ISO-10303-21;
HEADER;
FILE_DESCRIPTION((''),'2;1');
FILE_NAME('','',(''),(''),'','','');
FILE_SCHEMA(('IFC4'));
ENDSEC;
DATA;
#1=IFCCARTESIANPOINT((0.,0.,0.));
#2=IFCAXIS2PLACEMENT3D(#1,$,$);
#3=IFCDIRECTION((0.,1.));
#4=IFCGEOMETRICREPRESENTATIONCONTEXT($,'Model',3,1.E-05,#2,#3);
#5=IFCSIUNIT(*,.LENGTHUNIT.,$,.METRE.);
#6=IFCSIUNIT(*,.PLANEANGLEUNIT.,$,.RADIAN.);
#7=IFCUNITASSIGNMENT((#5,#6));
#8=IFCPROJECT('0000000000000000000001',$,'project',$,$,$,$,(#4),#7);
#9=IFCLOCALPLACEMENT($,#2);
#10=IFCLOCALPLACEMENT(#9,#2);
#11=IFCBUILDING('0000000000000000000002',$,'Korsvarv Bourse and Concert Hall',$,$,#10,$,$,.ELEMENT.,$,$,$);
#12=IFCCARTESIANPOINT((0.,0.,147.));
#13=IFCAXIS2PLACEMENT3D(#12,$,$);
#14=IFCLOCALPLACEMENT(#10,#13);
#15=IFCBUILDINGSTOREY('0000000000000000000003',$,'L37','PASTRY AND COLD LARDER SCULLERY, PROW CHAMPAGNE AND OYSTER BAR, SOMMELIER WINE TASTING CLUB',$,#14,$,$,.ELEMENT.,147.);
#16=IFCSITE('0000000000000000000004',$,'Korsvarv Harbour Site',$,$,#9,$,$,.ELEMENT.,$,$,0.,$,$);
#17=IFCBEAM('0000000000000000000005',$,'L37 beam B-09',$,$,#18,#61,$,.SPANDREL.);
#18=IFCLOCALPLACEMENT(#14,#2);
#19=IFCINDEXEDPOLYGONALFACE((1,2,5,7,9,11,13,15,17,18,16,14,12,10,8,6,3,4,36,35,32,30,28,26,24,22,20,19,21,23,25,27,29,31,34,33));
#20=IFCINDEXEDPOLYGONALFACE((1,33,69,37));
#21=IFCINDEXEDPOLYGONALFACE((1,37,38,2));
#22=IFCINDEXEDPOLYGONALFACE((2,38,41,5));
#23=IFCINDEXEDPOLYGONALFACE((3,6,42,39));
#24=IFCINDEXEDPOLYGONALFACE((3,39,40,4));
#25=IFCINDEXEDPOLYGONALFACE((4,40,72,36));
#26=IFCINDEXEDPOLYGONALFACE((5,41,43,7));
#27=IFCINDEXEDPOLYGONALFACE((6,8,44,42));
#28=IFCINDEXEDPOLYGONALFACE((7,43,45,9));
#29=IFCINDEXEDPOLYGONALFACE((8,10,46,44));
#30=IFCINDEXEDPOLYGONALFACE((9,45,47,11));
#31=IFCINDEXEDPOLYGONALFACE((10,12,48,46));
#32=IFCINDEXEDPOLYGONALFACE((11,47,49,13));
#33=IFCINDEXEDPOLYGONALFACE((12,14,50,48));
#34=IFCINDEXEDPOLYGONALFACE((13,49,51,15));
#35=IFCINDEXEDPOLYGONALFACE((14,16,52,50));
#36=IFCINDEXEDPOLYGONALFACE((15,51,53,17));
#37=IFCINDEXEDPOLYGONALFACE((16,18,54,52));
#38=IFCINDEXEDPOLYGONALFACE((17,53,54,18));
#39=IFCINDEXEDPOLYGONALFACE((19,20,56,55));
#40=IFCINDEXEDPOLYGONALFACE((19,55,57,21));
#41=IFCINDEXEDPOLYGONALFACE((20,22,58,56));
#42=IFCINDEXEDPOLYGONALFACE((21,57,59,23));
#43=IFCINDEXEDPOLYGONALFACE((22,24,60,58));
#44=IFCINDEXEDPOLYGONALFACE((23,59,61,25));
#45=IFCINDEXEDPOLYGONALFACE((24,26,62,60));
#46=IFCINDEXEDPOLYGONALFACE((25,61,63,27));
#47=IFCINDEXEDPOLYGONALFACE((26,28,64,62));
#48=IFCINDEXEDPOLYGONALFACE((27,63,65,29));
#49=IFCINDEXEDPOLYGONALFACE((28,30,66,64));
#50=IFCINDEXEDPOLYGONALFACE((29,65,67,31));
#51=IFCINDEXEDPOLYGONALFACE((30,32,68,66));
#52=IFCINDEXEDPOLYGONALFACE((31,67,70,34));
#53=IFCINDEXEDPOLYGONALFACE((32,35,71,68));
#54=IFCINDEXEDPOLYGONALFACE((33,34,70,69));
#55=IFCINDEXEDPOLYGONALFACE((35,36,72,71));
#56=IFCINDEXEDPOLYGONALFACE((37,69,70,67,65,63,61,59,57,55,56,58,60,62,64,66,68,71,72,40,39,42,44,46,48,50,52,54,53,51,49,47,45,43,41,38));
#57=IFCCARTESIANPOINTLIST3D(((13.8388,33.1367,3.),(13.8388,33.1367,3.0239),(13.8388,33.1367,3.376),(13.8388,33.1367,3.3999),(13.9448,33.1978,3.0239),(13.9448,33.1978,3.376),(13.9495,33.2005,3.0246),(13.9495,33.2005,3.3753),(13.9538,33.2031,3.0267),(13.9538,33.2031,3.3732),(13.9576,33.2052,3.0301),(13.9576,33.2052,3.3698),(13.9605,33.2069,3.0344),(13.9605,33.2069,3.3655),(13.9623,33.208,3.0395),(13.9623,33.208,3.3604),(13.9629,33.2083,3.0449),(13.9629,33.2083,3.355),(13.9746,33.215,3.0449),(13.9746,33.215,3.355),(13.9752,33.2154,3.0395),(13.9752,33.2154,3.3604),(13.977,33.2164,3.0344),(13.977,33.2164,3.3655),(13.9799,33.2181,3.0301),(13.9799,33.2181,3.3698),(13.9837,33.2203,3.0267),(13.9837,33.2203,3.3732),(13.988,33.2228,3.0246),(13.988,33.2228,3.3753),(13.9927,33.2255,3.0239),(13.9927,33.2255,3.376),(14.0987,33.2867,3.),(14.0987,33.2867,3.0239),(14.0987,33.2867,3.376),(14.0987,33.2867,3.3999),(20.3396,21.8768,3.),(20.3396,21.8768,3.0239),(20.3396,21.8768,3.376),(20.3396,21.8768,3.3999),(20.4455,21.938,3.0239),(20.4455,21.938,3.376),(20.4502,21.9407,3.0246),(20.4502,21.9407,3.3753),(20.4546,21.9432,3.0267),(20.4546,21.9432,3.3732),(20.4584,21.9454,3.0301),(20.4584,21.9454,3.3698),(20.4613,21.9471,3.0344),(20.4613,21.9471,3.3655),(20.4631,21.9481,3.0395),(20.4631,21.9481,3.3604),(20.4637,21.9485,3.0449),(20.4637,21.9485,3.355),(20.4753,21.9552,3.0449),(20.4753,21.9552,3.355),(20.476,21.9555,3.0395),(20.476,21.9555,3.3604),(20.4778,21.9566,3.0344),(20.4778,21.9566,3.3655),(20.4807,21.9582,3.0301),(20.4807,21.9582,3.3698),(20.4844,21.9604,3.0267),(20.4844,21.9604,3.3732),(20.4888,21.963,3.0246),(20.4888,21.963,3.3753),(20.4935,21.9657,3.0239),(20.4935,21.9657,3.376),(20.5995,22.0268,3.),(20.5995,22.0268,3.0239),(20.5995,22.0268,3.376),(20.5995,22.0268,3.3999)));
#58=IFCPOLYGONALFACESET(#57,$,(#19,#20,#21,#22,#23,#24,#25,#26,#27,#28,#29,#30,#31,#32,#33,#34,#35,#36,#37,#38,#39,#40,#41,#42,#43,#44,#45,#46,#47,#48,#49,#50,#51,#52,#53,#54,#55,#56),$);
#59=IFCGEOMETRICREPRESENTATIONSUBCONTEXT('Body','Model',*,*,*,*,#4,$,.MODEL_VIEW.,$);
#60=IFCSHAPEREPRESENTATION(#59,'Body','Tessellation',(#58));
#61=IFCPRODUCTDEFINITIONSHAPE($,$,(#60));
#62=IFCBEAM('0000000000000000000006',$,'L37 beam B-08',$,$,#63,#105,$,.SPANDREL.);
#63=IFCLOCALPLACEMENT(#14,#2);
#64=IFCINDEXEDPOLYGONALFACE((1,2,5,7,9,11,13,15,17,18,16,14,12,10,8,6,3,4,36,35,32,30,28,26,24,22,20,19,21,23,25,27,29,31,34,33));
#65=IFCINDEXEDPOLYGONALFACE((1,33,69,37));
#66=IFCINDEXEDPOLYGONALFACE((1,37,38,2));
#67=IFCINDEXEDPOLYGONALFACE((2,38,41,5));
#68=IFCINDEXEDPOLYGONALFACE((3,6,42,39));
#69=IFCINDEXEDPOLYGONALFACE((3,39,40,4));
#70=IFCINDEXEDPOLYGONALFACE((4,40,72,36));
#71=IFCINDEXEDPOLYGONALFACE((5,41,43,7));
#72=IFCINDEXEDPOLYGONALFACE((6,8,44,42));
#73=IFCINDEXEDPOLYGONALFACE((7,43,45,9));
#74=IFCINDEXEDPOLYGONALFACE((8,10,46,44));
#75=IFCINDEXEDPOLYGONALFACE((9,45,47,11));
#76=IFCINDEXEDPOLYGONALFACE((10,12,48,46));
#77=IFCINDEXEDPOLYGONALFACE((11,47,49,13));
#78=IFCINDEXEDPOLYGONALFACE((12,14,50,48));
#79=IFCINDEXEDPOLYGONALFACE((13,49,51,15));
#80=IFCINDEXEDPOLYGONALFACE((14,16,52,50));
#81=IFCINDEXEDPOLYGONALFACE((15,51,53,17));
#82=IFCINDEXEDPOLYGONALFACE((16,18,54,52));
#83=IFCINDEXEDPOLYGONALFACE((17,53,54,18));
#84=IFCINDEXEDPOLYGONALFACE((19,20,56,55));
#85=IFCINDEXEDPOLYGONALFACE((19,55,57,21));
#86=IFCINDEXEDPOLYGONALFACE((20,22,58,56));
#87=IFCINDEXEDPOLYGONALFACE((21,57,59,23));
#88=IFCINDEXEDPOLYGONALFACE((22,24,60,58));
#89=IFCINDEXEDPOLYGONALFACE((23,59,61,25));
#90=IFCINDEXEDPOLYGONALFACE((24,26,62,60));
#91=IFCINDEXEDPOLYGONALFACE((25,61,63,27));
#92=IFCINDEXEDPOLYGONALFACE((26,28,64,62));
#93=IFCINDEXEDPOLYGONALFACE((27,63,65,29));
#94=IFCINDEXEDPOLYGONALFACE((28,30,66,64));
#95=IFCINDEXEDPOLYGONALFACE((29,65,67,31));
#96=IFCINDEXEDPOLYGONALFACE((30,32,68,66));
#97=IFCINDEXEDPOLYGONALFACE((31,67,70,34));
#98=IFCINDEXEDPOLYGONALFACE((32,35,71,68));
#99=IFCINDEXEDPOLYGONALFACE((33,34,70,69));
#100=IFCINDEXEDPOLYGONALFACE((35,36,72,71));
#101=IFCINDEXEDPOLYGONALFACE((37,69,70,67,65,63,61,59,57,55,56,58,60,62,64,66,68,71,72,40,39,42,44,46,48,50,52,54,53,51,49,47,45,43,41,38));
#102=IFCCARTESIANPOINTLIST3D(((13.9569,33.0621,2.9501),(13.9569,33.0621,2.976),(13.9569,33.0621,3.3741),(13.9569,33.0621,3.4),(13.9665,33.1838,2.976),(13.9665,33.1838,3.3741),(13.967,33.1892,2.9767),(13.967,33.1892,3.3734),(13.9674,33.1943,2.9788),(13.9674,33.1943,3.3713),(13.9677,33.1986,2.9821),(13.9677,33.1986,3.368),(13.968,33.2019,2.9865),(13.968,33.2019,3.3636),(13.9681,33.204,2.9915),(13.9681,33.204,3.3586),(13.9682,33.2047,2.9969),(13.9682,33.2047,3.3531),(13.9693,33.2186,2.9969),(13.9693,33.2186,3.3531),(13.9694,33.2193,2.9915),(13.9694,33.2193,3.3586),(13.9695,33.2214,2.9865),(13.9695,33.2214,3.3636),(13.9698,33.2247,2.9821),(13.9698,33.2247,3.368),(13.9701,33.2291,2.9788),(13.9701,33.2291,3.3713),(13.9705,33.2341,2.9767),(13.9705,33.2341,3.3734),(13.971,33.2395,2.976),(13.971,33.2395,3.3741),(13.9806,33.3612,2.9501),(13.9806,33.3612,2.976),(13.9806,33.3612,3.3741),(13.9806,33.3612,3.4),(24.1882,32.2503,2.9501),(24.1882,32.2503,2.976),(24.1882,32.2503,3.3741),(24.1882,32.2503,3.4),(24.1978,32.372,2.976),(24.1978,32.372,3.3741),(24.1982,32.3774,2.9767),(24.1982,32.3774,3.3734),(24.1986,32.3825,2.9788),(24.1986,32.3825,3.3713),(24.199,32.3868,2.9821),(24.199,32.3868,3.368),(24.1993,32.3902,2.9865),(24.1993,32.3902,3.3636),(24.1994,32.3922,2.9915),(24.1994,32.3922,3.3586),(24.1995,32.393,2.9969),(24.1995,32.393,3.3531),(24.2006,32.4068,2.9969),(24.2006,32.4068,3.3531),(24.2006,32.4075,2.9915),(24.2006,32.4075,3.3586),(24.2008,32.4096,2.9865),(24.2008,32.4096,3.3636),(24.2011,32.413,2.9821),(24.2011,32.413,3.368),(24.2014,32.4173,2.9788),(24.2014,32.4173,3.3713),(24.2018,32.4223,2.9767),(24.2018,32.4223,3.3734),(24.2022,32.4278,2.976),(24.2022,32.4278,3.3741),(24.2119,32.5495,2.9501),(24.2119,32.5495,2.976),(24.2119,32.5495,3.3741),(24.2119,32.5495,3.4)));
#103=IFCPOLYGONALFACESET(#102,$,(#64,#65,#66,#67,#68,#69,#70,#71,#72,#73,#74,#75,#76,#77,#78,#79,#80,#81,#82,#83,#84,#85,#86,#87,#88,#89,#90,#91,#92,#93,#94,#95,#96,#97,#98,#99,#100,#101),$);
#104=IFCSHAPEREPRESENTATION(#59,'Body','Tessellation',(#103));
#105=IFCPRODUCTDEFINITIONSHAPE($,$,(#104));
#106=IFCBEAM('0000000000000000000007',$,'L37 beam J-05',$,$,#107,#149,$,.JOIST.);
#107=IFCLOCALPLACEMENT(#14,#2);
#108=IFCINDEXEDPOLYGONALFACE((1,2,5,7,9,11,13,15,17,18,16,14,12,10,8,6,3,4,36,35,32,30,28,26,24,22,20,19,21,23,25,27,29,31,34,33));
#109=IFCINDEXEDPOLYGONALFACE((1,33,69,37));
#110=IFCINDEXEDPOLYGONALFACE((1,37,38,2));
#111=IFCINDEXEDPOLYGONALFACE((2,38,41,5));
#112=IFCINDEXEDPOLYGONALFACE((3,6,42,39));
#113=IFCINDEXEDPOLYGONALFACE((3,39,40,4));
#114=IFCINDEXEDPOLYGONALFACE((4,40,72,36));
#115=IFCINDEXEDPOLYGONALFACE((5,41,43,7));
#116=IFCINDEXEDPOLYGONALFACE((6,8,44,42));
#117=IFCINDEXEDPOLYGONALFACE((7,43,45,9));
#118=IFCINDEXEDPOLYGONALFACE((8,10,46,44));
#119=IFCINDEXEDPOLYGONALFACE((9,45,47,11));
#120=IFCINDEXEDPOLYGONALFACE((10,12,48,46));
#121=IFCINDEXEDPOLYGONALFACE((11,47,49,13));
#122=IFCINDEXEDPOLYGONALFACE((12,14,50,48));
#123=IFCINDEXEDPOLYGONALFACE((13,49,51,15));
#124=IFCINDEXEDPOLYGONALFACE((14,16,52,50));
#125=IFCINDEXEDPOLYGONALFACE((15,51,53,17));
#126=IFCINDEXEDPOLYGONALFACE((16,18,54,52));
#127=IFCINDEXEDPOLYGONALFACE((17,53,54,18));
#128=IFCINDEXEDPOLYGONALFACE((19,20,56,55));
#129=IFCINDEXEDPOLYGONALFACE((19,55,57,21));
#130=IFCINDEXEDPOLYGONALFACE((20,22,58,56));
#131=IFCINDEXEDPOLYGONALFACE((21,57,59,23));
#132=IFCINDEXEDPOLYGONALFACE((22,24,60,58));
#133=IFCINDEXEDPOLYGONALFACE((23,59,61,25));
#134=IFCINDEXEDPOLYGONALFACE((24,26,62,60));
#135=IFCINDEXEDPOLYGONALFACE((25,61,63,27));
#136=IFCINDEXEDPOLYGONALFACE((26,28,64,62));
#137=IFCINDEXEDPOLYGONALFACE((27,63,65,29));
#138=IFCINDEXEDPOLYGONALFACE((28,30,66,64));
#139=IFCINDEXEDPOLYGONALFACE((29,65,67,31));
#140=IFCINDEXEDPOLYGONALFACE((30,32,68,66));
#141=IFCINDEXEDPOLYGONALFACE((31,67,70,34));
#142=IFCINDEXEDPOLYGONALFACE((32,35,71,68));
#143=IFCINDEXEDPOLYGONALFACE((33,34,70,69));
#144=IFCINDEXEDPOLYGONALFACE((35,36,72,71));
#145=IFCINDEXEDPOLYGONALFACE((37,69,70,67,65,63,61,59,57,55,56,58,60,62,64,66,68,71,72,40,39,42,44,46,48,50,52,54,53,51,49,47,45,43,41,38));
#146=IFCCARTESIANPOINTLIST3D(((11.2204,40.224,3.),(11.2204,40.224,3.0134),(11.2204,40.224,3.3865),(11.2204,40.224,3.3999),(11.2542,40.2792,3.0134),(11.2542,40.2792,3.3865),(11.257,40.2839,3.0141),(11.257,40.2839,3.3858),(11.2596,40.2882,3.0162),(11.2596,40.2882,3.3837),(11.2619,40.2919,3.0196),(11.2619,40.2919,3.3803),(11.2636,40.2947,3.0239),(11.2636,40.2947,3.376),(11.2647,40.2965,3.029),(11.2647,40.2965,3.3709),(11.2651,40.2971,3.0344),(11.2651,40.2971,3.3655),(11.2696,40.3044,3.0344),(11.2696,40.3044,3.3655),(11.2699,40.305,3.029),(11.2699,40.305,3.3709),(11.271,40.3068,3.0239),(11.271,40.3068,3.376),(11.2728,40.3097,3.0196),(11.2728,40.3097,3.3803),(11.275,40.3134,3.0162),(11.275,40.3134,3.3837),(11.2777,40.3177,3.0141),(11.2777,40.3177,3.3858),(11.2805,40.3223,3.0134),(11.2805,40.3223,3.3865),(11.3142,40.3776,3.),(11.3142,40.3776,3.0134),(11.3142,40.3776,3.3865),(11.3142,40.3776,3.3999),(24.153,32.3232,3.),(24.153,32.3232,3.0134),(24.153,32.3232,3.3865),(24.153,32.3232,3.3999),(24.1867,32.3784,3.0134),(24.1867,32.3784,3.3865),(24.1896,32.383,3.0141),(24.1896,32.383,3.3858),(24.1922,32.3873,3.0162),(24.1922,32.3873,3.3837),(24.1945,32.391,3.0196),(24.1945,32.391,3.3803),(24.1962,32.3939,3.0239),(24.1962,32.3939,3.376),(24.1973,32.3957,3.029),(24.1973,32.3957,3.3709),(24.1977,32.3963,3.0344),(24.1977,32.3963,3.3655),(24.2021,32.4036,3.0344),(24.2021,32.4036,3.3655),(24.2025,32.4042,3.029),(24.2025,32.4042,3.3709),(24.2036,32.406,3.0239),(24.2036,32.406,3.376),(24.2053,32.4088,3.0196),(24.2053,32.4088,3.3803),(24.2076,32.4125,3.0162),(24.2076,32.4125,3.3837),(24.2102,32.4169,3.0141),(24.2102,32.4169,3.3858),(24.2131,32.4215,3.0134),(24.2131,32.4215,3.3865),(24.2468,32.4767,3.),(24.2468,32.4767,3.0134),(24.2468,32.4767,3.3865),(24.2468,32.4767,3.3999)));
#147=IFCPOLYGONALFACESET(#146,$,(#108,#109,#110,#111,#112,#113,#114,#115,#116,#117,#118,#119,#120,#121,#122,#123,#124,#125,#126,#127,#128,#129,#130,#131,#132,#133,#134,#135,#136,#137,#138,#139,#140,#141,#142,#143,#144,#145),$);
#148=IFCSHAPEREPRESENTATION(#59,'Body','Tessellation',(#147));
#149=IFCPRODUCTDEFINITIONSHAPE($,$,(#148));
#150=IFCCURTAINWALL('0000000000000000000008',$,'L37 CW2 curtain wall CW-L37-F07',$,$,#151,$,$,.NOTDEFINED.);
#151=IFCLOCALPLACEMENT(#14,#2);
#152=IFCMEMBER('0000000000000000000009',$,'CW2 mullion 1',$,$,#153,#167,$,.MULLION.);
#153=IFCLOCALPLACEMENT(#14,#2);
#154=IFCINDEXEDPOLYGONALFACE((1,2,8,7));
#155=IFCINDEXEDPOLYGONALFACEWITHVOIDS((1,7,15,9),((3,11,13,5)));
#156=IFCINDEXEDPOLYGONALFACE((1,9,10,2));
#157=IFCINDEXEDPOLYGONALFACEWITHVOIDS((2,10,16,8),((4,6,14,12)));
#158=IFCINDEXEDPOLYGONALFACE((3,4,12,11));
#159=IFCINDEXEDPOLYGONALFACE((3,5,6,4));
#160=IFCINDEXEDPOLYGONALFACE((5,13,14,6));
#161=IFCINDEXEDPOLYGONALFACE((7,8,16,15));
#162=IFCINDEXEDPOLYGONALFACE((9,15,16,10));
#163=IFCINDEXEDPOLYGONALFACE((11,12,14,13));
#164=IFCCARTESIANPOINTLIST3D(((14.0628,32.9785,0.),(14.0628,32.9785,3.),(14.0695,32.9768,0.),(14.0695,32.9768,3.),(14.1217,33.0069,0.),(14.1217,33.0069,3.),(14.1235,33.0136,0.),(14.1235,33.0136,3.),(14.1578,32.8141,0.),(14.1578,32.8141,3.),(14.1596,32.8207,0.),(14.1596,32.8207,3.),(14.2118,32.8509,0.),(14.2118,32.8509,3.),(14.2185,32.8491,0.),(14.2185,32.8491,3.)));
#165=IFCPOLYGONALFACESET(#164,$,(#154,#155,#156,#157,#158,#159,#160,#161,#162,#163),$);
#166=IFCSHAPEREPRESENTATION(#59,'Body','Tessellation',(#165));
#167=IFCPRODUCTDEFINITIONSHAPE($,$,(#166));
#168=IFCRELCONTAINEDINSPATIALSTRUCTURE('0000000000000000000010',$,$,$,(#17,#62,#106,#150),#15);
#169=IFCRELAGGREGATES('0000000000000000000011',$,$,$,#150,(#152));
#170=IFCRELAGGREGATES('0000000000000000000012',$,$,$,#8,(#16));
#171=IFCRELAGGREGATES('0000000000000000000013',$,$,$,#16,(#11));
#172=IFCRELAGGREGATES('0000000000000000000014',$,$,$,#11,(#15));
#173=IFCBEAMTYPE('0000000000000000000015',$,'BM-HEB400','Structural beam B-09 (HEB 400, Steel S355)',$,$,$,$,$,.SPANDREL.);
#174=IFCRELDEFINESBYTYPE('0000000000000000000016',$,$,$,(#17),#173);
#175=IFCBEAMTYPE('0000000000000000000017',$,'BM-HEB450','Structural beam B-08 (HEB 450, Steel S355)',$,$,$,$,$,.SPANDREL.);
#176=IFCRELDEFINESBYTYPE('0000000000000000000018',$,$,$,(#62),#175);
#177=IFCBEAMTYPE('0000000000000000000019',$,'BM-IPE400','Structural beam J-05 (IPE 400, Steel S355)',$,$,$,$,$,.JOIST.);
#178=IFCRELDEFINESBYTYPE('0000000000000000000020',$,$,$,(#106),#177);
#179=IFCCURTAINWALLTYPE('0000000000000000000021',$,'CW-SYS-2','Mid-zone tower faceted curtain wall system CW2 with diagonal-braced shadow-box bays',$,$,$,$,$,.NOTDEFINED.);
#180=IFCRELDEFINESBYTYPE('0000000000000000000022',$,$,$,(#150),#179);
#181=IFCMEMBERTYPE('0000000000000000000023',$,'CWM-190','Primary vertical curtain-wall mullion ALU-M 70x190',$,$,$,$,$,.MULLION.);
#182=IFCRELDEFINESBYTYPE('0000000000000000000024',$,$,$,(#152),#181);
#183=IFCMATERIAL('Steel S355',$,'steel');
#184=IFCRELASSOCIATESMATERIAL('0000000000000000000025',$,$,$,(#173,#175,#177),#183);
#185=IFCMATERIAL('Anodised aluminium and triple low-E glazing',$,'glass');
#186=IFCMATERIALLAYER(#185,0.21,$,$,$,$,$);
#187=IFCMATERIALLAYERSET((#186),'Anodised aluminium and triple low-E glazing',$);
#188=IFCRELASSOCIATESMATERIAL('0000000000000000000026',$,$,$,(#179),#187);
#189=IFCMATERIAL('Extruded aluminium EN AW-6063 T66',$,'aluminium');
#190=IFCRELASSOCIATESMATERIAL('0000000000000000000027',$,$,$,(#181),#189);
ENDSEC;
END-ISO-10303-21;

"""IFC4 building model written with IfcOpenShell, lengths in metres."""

from ifc_helpers import new_model, si_unit, direction, frame, origin, origin_2d, place, context, subcontext, project, spatial, hollow_rectangle, i_section, extrude, source, transform, mapped, material, layer, layer_set, material_profile, profile_set, type_object, element, aggregate, save


model = new_model("IFC4")

# Units and contexts
model_context = context("Model", 3, precision=1e-05, world=origin(), true_north=direction((0.0, 1.0)))
body_context = subcontext(model_context, "Body", "Model", "MODEL_VIEW")
ifc_project = project(units=[si_unit("LENGTHUNIT", "METRE"), si_unit("PLANEANGLEUNIT", "RADIAN")], contexts=[model_context])

# Site, building, storey
site_placement = place(None, origin())
site = spatial("IfcSite", under=ifc_project, at=site_placement, Name="Korsvarv Harbour Site", CompositionType="ELEMENT", RefElevation=0.0)
building_placement = place(site_placement, origin())
building = spatial("IfcBuilding", under=site, at=building_placement, Name="Korsvarv Bourse and Concert Hall", CompositionType="ELEMENT")
storey_placement = place(building_placement, frame((0.0, 0.0, 147.0)))
storey = spatial("IfcBuildingStorey", under=building, at=storey_placement, Name="L37", Description="PASTRY AND COLD LARDER SCULLERY, PROW CHAMPAGNE AND OYSTER BAR, SOMMELIER WINE TASTING CLUB", CompositionType="ELEMENT", Elevation=147.0)

# Shared definitions
ifc_material_1 = material(Name="Steel S355", Category="steel")

# Beams
ifc_material_profile_1 = material_profile(ifc_material_1, i_section(OverallWidth=0.3, OverallDepth=0.3999, WebThickness=0.0134, FlangeThickness=0.0239, FilletRadius=0.021, at=origin_2d()), Name="HEB 400")
ifc_profile_set_1 = profile_set([ifc_material_profile_1], Name="Steel S355")
beam_type_1 = type_object("IfcBeamType", Name="BM-HEB400", Description="Structural beam B-09 (HEB 400, Steel S355)", PredefinedType="SPANDREL", material=ifc_profile_set_1)
shared_shape_1 = source(origin(), body_context, "Body", "SweptSolid", [
    extrude(i_section(OverallWidth=0.3, OverallDepth=0.3999, WebThickness=0.0134, FlangeThickness=0.0239, FilletRadius=0.021, at=origin_2d()), origin(), (0.0, 0.0, 1.0), 13.0017),
])
beam_1_placement = place(storey_placement, frame((13.9688, 33.2117, 3.2), z_axis=(0.499994, -0.866029, 0.0), x_axis=(0.866029, 0.499994, 0.0)))
element("IfcBeam", 1, at=beam_1_placement, inside=storey, type_object=beam_type_1, Name="L37 beam B-09", PredefinedType="SPANDREL", context=body_context, shape_type="MappedRepresentation", body=[
    mapped(shared_shape_1, transform((0.0, 0.0, 0.0), scale=1.0)),
])
ifc_material_profile_2 = material_profile(ifc_material_1, i_section(OverallWidth=0.3, OverallDepth=0.45, WebThickness=0.0139, FlangeThickness=0.0259, FilletRadius=0.021, at=origin_2d()), Name="HEB 450")
ifc_profile_set_2 = profile_set([ifc_material_profile_2], Name="Steel S355")
beam_type_2 = type_object("IfcBeamType", Name="BM-HEB450", Description="Structural beam B-08 (HEB 450, Steel S355)", PredefinedType="SPANDREL", material=ifc_profile_set_2)
shared_shape_2 = source(origin(), body_context, "Body", "SweptSolid", [
    extrude(i_section(OverallWidth=0.3, OverallDepth=0.45, WebThickness=0.0139, FlangeThickness=0.0259, FilletRadius=0.021, at=origin_2d()), origin(), (0.0, 0.0, 1.0), 10.2634),
])
beam_2_placement = place(storey_placement, frame((13.9688, 33.2117, 3.175), z_axis=(0.996867, -0.079094, 0.0), x_axis=(0.079094, 0.996867, 0.0)))
element("IfcBeam", 2, at=beam_2_placement, inside=storey, type_object=beam_type_2, Name="L37 beam B-08", PredefinedType="SPANDREL", context=body_context, shape_type="MappedRepresentation", body=[
    mapped(shared_shape_2, transform((0.0, 0.0, 0.0), scale=1.0)),
])
ifc_material_profile_3 = material_profile(ifc_material_1, i_section(OverallWidth=0.1799, OverallDepth=0.3999, WebThickness=0.0085, FlangeThickness=0.0134, FilletRadius=0.021, at=origin_2d()), Name="IPE 400")
ifc_profile_set_3 = profile_set([ifc_material_profile_3], Name="Steel S355")
beam_type_3 = type_object("IfcBeamType", Name="BM-IPE400", Description="Structural beam J-05 (IPE 400, Steel S355)", PredefinedType="JOIST", material=ifc_profile_set_3)
shared_shape_3 = source(origin(), body_context, "Body", "SweptSolid", [
    extrude(i_section(OverallWidth=0.1799, OverallDepth=0.3999, WebThickness=0.0085, FlangeThickness=0.0134, FilletRadius=0.021, at=origin_2d()), origin(), (0.0, 0.0, 1.0), 15.155),
])
beam_3_placement = place(storey_placement, frame((11.2673, 40.3008, 3.2), z_axis=(0.853352, -0.521335, 0.0), x_axis=(0.521335, 0.853352, 0.0)))
element("IfcBeam", 3, at=beam_3_placement, inside=storey, type_object=beam_type_3, Name="L37 beam J-05", PredefinedType="JOIST", context=body_context, shape_type="MappedRepresentation", body=[
    mapped(shared_shape_3, transform((0.0, 0.0, 0.0), scale=1.0)),
])

# Curtain wall, member
ifc_material_2 = material(Name="Anodised aluminium and triple low-E glazing", Category="glass")
ifc_layer_1 = layer(ifc_material_2, 0.21)
ifc_layer_set_1 = layer_set([ifc_layer_1], Name="Anodised aluminium and triple low-E glazing")
curtain_wall_type = type_object("IfcCurtainWallType", Name="CW-SYS-2", Description="Mid-zone tower faceted curtain wall system CW2 with diagonal-braced shadow-box bays", PredefinedType="NOTDEFINED", material=ifc_layer_set_1)
curtain_wall_placement = place(storey_placement, origin())
curtain_wall = element("IfcCurtainWall", 4, at=curtain_wall_placement, inside=storey, type_object=curtain_wall_type, Name="L37 CW2 curtain wall CW-L37-F07", PredefinedType="NOTDEFINED")
ifc_material_3 = material(Name="Extruded aluminium EN AW-6063 T66", Category="aluminium")
ifc_material_profile_4 = material_profile(ifc_material_3, hollow_rectangle(XDim=0.0701, YDim=0.1899, WallThickness=0.0049, at=origin_2d()), Name="ALU-M 70x190")
ifc_profile_set_4 = profile_set([ifc_material_profile_4], Name="Extruded aluminium EN AW-6063 T66")
member_type_1 = type_object("IfcMemberType", Name="CWM-190", Description="Primary vertical curtain-wall mullion ALU-M 70x190", PredefinedType="MULLION", material=ifc_profile_set_4)
shared_shape_4 = source(origin(), body_context, "Body", "SweptSolid", [
    extrude(hollow_rectangle(XDim=0.0701, YDim=0.1899, WallThickness=0.0049, at=origin_2d()), origin(), (0.0, 0.0, 1.0), 3.0),
])
member_1_placement = place(storey_placement, frame((14.1406, 32.9138, 0.0), z_axis=(0.0, 0.0, 1.0), x_axis=(0.866022, 0.500006, 0.0)))
member_1 = element("IfcMember", 5, at=member_1_placement, type_object=member_type_1, Name="CW2 mullion 1", PredefinedType="MULLION", context=body_context, shape_type="MappedRepresentation", body=[
    mapped(shared_shape_4, transform((0.0, 0.0, 0.0), scale=1.0)),
])
aggregate(curtain_wall, [member_1])

save(model, "model.ifc")
